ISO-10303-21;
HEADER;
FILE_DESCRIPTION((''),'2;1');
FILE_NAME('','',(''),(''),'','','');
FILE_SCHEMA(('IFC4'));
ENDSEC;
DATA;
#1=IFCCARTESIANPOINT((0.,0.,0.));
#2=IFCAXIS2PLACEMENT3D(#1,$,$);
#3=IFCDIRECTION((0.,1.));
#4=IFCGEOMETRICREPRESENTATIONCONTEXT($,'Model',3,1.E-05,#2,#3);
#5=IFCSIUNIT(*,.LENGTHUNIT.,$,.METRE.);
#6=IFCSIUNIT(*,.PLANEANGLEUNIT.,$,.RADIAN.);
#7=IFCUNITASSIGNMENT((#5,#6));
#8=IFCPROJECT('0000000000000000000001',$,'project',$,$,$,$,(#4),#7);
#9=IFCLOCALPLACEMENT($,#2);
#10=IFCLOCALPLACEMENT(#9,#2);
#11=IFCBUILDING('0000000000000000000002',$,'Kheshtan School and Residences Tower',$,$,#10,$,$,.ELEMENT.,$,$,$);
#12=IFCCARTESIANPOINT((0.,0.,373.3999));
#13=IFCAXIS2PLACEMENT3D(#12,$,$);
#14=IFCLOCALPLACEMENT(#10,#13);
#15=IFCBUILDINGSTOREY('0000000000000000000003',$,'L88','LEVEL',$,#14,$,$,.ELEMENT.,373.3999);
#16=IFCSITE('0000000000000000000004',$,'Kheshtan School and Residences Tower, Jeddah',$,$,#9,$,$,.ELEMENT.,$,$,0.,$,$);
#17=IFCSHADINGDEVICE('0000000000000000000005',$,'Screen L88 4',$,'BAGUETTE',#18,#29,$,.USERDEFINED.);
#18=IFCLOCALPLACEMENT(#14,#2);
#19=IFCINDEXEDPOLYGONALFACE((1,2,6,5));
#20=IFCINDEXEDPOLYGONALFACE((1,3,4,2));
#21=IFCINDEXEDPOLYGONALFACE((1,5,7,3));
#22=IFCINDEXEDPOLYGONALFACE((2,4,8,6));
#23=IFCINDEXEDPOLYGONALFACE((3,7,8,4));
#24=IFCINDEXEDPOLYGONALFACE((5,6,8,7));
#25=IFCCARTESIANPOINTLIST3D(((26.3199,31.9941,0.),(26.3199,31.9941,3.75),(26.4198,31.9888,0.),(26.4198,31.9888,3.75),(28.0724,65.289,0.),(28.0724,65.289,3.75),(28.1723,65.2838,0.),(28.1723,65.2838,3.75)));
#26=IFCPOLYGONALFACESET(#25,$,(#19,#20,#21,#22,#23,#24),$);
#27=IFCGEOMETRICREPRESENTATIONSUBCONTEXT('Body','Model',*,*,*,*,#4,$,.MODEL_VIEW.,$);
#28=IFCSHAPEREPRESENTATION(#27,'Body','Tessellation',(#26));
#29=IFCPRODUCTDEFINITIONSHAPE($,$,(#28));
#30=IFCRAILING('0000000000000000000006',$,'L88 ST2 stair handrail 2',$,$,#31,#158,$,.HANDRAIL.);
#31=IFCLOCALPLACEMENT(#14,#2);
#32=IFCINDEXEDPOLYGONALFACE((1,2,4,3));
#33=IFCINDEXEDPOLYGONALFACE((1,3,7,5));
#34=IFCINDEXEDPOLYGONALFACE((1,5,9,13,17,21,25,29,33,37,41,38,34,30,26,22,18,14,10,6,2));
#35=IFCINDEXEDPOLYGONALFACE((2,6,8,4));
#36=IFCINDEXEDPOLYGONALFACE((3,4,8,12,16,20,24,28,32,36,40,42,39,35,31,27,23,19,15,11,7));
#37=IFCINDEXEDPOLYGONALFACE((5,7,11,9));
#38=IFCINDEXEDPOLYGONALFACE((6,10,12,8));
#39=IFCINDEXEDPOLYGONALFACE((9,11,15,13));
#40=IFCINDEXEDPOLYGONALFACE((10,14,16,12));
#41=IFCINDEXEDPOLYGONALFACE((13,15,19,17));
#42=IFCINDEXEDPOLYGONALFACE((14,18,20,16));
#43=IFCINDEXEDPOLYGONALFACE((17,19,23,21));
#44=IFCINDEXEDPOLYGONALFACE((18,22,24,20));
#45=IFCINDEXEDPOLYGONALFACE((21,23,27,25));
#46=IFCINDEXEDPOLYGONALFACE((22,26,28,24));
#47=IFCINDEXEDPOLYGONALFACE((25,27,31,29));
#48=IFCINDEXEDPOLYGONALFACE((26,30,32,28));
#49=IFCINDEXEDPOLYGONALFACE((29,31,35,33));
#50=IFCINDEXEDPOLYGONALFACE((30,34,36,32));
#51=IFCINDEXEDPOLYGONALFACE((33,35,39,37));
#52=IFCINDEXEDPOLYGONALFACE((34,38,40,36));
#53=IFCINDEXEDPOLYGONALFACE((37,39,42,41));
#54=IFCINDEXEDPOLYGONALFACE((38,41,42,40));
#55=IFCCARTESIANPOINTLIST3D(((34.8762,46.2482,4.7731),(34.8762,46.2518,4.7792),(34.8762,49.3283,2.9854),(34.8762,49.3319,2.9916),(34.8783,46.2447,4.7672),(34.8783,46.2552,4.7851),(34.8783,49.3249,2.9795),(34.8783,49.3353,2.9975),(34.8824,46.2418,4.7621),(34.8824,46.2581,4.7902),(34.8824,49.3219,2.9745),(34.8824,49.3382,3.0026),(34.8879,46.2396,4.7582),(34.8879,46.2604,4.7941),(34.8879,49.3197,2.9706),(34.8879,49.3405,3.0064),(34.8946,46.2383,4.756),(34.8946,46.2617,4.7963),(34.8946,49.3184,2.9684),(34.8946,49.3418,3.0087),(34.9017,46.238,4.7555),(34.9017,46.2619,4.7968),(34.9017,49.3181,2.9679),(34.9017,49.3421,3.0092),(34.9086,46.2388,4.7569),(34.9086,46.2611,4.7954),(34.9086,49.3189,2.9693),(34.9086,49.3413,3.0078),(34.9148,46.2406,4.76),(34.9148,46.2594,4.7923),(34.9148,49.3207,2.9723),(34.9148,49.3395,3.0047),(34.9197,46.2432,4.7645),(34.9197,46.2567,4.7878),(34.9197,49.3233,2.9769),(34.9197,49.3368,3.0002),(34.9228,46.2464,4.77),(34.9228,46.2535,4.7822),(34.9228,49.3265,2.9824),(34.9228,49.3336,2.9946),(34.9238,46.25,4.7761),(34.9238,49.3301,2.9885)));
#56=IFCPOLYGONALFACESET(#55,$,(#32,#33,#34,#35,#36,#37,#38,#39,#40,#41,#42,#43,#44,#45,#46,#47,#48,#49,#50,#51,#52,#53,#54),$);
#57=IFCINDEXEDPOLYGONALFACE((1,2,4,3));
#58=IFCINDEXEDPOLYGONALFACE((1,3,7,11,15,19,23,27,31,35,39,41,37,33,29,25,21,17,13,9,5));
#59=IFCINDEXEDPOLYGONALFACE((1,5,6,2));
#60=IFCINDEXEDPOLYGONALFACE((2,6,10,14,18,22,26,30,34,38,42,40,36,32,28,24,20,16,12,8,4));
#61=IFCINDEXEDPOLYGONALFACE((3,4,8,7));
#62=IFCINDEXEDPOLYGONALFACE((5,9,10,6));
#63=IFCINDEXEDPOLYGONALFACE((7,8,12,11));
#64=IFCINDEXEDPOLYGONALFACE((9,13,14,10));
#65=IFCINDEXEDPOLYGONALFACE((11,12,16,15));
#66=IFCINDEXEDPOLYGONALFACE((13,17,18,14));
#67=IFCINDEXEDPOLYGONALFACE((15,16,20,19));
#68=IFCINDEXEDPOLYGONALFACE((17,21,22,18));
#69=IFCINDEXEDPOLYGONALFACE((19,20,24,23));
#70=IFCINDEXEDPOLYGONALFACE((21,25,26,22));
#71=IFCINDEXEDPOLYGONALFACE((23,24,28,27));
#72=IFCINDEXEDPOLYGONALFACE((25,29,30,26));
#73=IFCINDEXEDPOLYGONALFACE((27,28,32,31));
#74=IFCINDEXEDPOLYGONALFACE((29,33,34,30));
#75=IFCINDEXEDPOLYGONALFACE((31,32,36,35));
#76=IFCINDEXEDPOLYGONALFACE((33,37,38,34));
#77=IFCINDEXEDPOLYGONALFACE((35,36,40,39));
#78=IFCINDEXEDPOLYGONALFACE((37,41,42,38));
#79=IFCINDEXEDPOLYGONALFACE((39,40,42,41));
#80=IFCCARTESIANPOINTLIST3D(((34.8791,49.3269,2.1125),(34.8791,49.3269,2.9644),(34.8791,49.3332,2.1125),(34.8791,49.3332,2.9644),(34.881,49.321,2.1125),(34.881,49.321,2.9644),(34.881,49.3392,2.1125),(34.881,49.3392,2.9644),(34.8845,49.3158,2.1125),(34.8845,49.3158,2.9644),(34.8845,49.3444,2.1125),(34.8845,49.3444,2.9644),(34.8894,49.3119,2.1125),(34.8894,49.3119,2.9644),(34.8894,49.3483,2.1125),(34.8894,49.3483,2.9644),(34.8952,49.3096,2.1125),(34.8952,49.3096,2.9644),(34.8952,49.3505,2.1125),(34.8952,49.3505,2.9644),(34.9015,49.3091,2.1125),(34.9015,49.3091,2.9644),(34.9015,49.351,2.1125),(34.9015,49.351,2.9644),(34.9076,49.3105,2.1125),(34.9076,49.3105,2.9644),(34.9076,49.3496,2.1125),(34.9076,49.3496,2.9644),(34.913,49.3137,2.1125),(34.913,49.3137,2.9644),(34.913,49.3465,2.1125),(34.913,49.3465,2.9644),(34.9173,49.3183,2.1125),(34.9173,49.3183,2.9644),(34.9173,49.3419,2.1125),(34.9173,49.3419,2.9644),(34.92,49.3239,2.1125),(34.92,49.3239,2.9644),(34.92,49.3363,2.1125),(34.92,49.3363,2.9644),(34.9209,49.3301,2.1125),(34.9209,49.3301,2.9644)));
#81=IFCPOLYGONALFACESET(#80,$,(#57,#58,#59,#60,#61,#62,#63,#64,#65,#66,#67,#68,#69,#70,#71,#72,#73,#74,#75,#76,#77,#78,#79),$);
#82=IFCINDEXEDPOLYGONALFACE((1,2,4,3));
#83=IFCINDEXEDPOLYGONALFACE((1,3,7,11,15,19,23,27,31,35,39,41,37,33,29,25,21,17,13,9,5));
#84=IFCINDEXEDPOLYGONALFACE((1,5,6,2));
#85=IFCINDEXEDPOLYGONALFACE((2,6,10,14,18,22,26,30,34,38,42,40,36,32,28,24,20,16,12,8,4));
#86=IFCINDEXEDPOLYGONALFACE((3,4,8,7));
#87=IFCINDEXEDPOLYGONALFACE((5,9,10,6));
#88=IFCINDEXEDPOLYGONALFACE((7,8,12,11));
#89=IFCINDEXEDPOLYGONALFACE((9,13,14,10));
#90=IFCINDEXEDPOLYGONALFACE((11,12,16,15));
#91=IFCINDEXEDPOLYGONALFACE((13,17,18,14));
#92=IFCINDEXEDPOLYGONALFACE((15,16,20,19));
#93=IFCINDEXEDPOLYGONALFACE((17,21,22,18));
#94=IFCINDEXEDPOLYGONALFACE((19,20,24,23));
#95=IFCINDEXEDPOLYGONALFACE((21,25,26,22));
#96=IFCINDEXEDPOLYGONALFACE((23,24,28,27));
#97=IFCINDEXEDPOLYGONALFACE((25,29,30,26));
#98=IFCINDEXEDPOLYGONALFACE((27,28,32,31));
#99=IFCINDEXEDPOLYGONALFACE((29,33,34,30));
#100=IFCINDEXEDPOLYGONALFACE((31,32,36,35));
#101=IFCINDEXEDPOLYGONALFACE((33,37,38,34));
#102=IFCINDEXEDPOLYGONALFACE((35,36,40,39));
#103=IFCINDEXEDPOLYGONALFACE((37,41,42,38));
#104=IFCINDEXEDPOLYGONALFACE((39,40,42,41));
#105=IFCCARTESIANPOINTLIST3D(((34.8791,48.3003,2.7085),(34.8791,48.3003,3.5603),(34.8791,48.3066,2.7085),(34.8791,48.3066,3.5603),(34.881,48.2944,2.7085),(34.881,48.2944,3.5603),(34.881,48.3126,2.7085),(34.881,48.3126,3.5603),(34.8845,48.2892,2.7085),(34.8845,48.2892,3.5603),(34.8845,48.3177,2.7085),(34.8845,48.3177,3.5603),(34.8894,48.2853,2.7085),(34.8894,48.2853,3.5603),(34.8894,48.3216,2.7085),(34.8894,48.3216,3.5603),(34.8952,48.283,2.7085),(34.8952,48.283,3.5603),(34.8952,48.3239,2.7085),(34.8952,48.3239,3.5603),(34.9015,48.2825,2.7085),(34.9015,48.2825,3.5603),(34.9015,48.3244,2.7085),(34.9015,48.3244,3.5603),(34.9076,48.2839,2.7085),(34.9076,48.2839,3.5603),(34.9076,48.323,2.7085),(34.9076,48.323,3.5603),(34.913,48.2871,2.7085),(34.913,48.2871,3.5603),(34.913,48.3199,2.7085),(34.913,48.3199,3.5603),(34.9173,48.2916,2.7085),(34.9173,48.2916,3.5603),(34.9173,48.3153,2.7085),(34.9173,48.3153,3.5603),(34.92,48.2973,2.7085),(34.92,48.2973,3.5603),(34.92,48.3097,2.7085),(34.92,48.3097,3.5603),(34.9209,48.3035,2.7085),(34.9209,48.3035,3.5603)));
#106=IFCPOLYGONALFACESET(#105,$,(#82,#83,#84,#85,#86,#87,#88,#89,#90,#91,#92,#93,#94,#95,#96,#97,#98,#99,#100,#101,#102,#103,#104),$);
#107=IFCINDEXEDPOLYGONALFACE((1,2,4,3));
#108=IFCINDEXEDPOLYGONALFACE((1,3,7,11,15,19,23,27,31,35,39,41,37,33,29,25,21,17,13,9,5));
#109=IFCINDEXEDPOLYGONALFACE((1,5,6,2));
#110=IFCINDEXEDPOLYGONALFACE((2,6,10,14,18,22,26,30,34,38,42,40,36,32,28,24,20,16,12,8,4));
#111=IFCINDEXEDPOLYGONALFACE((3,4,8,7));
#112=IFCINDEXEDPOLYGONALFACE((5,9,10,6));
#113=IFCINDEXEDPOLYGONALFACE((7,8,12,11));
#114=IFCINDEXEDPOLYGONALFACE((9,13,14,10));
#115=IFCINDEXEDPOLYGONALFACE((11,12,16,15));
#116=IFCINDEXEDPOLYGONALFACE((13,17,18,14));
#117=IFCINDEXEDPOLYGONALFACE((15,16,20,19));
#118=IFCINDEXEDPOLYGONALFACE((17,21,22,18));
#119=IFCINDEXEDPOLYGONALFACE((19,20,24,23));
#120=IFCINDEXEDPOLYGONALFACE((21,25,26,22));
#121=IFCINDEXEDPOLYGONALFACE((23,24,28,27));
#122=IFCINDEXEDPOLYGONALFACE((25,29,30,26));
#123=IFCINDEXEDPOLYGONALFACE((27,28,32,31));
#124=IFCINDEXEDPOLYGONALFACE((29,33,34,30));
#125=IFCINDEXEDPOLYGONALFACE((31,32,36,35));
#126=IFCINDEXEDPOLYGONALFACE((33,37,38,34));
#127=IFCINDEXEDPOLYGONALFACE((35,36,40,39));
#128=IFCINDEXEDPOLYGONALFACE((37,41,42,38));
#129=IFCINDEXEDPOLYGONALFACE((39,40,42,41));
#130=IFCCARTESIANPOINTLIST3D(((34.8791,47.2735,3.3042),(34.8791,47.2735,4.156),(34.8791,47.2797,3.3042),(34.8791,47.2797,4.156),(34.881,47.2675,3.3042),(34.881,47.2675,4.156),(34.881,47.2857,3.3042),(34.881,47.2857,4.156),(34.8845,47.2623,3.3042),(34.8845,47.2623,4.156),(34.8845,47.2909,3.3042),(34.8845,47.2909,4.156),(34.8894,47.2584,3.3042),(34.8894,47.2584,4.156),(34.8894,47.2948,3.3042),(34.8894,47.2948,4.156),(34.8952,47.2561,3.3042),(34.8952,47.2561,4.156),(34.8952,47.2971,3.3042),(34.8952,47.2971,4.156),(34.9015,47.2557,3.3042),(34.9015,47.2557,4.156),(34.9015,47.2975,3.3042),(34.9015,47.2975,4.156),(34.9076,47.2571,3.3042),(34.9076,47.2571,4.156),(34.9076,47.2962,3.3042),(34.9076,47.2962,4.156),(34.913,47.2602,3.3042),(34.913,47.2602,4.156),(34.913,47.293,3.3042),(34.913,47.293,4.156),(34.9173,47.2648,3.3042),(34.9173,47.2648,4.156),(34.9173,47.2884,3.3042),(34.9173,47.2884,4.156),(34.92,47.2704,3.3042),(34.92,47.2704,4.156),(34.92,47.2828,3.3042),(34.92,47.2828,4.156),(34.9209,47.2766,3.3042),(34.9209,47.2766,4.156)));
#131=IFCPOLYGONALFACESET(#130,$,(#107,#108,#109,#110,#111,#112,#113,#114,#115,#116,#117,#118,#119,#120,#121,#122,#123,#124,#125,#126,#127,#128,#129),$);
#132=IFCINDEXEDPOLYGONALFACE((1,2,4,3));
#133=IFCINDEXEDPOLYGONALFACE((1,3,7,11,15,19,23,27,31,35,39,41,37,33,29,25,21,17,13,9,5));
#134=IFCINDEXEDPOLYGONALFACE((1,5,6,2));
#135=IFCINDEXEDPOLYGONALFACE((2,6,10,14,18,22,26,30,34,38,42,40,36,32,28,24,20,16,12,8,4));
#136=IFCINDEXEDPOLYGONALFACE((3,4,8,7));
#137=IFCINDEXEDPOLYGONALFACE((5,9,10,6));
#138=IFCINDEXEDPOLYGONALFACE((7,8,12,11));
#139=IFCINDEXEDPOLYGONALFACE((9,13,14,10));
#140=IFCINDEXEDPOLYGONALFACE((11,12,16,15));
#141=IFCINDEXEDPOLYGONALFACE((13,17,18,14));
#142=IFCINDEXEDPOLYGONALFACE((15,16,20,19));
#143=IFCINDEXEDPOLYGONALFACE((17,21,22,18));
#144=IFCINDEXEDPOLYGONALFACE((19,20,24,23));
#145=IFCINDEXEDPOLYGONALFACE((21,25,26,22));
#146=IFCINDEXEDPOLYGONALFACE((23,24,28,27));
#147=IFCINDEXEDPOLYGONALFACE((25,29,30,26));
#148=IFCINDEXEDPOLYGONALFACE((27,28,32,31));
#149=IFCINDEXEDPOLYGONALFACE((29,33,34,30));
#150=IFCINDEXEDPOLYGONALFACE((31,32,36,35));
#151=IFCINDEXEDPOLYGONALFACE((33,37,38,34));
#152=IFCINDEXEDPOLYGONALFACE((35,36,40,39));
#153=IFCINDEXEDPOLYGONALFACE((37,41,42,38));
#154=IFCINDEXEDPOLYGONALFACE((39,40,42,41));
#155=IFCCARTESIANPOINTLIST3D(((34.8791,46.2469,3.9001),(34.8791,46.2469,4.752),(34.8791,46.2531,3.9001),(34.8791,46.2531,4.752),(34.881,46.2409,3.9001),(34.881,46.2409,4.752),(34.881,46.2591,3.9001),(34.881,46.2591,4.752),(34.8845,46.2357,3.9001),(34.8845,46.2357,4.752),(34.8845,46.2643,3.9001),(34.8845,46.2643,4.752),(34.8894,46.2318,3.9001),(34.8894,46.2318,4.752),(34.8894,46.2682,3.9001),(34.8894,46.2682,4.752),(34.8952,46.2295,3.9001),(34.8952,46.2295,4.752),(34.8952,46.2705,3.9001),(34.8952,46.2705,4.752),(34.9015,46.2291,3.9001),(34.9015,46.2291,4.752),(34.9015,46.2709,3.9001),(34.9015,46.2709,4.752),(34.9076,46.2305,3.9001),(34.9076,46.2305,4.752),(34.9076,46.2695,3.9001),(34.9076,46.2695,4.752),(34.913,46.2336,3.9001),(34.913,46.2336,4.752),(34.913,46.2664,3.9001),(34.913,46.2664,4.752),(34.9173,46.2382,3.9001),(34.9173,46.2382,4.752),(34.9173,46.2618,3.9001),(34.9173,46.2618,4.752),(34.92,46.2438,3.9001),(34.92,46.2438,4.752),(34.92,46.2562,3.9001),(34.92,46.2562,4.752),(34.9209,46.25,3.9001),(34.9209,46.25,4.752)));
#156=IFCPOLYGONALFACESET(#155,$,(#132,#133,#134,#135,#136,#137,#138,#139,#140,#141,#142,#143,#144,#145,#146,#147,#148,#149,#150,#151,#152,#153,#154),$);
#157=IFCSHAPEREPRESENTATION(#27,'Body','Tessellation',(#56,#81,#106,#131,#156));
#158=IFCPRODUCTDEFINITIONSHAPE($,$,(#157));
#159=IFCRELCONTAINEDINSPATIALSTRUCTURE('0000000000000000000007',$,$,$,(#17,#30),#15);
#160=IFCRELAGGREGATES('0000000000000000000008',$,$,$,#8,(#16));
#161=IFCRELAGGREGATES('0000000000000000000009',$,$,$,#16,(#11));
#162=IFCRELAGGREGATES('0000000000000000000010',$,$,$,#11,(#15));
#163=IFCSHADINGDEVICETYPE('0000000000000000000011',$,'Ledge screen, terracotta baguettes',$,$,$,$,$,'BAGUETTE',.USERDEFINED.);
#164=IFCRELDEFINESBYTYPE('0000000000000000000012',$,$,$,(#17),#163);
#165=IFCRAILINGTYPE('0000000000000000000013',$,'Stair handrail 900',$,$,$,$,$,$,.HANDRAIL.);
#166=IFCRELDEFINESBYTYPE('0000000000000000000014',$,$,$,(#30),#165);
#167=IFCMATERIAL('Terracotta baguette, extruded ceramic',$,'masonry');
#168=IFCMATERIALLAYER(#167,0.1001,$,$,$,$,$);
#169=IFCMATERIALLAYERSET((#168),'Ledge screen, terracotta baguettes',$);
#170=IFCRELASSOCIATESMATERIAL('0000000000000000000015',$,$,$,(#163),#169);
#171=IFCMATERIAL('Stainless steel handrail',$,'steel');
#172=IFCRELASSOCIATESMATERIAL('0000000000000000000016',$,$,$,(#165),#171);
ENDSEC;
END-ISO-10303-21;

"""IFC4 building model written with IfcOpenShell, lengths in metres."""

from ifc_helpers import new_model, si_unit, direction, frame, origin, origin_2d, place, context, subcontext, project, spatial, rectangle, circle, extrude, material, layer, layer_set, type_object, element, save


model = new_model("IFC4")

# Units and contexts
model_context = context("Model", 3, precision=1e-05, world=origin(), true_north=direction((0.0, 1.0)))
body_context = subcontext(model_context, "Body", "Model", "MODEL_VIEW")
ifc_project = project(units=[si_unit("LENGTHUNIT", "METRE"), si_unit("PLANEANGLEUNIT", "RADIAN")], contexts=[model_context])

# Site, building, storey
site_placement = place(None, origin())
site = spatial("IfcSite", under=ifc_project, at=site_placement, Name="Kheshtan School and Residences Tower, Jeddah", CompositionType="ELEMENT", RefElevation=0.0)
building_placement = place(site_placement, origin())
building = spatial("IfcBuilding", under=site, at=building_placement, Name="Kheshtan School and Residences Tower", CompositionType="ELEMENT")
storey_placement = place(building_placement, frame((0.0, 0.0, 373.3999)))
storey = spatial("IfcBuildingStorey", under=building, at=storey_placement, Name="L88", Description="LEVEL", CompositionType="ELEMENT", Elevation=373.3999)

# Shading device
ifc_material_1 = material(Name="Terracotta baguette, extruded ceramic", Category="masonry")
ifc_layer_1 = layer(ifc_material_1, 0.1001)
ifc_layer_set_1 = layer_set([ifc_layer_1], Name="Ledge screen, terracotta baguettes")
shading_device_type = type_object("IfcShadingDeviceType", Name="Ledge screen, terracotta baguettes", ElementType="BAGUETTE", PredefinedType="USERDEFINED", material=ifc_layer_set_1)
shading_device_placement = place(storey_placement, frame((27.2461, 48.6389, 0.0), z_axis=(0.0, 0.0, 1.0), x_axis=(0.052563, 0.998618, 0.0)))
element("IfcShadingDevice", 1, at=shading_device_placement, inside=storey, type_object=shading_device_type, Name="Screen L88 4", ObjectType="BAGUETTE", PredefinedType="USERDEFINED", context=body_context, shape_type="SweptSolid", body=[
    extrude(rectangle(XDim=33.3411, YDim=0.1001, at=origin_2d()), origin(), (0.0, 0.0, 1.0), 3.75),
])

# Railing
ifc_material_2 = material(Name="Stainless steel handrail", Category="steel")
railing_type = type_object("IfcRailingType", Name="Stair handrail 900", PredefinedType="HANDRAIL", material=ifc_material_2)
railing_placement = place(storey_placement, frame((34.8999, 49.3301, 2.1125)))
element("IfcRailing", 2, at=railing_placement, inside=storey, type_object=railing_type, Name="L88 ST2 stair handrail 2", PredefinedType="HANDRAIL", context=body_context, shape_type="SweptSolid", body=[
    extrude(circle(Radius=0.0239, at=origin_2d()), frame((0.0, 0.0, 0.876), z_axis=(0.0, -0.864891, 0.50196), x_axis=(1.0, 0.0, 0.0)), (0.0, 0.0, 1.0), 3.5613),
    extrude(circle(Radius=0.021, at=origin_2d()), origin(), (0.0, 0.0, 1.0), 0.8518),
    extrude(circle(Radius=0.021, at=origin_2d()), frame((0.0, -1.0266, 0.5959)), (0.0, 0.0, 1.0), 0.8518),
    extrude(circle(Radius=0.021, at=origin_2d()), frame((0.0, -2.0535, 1.1917)), (0.0, 0.0, 1.0), 0.8518),
    extrude(circle(Radius=0.021, at=origin_2d()), frame((0.0, -3.0801, 1.7876)), (0.0, 0.0, 1.0), 0.8518),
])

save(model, "model.ifc")
